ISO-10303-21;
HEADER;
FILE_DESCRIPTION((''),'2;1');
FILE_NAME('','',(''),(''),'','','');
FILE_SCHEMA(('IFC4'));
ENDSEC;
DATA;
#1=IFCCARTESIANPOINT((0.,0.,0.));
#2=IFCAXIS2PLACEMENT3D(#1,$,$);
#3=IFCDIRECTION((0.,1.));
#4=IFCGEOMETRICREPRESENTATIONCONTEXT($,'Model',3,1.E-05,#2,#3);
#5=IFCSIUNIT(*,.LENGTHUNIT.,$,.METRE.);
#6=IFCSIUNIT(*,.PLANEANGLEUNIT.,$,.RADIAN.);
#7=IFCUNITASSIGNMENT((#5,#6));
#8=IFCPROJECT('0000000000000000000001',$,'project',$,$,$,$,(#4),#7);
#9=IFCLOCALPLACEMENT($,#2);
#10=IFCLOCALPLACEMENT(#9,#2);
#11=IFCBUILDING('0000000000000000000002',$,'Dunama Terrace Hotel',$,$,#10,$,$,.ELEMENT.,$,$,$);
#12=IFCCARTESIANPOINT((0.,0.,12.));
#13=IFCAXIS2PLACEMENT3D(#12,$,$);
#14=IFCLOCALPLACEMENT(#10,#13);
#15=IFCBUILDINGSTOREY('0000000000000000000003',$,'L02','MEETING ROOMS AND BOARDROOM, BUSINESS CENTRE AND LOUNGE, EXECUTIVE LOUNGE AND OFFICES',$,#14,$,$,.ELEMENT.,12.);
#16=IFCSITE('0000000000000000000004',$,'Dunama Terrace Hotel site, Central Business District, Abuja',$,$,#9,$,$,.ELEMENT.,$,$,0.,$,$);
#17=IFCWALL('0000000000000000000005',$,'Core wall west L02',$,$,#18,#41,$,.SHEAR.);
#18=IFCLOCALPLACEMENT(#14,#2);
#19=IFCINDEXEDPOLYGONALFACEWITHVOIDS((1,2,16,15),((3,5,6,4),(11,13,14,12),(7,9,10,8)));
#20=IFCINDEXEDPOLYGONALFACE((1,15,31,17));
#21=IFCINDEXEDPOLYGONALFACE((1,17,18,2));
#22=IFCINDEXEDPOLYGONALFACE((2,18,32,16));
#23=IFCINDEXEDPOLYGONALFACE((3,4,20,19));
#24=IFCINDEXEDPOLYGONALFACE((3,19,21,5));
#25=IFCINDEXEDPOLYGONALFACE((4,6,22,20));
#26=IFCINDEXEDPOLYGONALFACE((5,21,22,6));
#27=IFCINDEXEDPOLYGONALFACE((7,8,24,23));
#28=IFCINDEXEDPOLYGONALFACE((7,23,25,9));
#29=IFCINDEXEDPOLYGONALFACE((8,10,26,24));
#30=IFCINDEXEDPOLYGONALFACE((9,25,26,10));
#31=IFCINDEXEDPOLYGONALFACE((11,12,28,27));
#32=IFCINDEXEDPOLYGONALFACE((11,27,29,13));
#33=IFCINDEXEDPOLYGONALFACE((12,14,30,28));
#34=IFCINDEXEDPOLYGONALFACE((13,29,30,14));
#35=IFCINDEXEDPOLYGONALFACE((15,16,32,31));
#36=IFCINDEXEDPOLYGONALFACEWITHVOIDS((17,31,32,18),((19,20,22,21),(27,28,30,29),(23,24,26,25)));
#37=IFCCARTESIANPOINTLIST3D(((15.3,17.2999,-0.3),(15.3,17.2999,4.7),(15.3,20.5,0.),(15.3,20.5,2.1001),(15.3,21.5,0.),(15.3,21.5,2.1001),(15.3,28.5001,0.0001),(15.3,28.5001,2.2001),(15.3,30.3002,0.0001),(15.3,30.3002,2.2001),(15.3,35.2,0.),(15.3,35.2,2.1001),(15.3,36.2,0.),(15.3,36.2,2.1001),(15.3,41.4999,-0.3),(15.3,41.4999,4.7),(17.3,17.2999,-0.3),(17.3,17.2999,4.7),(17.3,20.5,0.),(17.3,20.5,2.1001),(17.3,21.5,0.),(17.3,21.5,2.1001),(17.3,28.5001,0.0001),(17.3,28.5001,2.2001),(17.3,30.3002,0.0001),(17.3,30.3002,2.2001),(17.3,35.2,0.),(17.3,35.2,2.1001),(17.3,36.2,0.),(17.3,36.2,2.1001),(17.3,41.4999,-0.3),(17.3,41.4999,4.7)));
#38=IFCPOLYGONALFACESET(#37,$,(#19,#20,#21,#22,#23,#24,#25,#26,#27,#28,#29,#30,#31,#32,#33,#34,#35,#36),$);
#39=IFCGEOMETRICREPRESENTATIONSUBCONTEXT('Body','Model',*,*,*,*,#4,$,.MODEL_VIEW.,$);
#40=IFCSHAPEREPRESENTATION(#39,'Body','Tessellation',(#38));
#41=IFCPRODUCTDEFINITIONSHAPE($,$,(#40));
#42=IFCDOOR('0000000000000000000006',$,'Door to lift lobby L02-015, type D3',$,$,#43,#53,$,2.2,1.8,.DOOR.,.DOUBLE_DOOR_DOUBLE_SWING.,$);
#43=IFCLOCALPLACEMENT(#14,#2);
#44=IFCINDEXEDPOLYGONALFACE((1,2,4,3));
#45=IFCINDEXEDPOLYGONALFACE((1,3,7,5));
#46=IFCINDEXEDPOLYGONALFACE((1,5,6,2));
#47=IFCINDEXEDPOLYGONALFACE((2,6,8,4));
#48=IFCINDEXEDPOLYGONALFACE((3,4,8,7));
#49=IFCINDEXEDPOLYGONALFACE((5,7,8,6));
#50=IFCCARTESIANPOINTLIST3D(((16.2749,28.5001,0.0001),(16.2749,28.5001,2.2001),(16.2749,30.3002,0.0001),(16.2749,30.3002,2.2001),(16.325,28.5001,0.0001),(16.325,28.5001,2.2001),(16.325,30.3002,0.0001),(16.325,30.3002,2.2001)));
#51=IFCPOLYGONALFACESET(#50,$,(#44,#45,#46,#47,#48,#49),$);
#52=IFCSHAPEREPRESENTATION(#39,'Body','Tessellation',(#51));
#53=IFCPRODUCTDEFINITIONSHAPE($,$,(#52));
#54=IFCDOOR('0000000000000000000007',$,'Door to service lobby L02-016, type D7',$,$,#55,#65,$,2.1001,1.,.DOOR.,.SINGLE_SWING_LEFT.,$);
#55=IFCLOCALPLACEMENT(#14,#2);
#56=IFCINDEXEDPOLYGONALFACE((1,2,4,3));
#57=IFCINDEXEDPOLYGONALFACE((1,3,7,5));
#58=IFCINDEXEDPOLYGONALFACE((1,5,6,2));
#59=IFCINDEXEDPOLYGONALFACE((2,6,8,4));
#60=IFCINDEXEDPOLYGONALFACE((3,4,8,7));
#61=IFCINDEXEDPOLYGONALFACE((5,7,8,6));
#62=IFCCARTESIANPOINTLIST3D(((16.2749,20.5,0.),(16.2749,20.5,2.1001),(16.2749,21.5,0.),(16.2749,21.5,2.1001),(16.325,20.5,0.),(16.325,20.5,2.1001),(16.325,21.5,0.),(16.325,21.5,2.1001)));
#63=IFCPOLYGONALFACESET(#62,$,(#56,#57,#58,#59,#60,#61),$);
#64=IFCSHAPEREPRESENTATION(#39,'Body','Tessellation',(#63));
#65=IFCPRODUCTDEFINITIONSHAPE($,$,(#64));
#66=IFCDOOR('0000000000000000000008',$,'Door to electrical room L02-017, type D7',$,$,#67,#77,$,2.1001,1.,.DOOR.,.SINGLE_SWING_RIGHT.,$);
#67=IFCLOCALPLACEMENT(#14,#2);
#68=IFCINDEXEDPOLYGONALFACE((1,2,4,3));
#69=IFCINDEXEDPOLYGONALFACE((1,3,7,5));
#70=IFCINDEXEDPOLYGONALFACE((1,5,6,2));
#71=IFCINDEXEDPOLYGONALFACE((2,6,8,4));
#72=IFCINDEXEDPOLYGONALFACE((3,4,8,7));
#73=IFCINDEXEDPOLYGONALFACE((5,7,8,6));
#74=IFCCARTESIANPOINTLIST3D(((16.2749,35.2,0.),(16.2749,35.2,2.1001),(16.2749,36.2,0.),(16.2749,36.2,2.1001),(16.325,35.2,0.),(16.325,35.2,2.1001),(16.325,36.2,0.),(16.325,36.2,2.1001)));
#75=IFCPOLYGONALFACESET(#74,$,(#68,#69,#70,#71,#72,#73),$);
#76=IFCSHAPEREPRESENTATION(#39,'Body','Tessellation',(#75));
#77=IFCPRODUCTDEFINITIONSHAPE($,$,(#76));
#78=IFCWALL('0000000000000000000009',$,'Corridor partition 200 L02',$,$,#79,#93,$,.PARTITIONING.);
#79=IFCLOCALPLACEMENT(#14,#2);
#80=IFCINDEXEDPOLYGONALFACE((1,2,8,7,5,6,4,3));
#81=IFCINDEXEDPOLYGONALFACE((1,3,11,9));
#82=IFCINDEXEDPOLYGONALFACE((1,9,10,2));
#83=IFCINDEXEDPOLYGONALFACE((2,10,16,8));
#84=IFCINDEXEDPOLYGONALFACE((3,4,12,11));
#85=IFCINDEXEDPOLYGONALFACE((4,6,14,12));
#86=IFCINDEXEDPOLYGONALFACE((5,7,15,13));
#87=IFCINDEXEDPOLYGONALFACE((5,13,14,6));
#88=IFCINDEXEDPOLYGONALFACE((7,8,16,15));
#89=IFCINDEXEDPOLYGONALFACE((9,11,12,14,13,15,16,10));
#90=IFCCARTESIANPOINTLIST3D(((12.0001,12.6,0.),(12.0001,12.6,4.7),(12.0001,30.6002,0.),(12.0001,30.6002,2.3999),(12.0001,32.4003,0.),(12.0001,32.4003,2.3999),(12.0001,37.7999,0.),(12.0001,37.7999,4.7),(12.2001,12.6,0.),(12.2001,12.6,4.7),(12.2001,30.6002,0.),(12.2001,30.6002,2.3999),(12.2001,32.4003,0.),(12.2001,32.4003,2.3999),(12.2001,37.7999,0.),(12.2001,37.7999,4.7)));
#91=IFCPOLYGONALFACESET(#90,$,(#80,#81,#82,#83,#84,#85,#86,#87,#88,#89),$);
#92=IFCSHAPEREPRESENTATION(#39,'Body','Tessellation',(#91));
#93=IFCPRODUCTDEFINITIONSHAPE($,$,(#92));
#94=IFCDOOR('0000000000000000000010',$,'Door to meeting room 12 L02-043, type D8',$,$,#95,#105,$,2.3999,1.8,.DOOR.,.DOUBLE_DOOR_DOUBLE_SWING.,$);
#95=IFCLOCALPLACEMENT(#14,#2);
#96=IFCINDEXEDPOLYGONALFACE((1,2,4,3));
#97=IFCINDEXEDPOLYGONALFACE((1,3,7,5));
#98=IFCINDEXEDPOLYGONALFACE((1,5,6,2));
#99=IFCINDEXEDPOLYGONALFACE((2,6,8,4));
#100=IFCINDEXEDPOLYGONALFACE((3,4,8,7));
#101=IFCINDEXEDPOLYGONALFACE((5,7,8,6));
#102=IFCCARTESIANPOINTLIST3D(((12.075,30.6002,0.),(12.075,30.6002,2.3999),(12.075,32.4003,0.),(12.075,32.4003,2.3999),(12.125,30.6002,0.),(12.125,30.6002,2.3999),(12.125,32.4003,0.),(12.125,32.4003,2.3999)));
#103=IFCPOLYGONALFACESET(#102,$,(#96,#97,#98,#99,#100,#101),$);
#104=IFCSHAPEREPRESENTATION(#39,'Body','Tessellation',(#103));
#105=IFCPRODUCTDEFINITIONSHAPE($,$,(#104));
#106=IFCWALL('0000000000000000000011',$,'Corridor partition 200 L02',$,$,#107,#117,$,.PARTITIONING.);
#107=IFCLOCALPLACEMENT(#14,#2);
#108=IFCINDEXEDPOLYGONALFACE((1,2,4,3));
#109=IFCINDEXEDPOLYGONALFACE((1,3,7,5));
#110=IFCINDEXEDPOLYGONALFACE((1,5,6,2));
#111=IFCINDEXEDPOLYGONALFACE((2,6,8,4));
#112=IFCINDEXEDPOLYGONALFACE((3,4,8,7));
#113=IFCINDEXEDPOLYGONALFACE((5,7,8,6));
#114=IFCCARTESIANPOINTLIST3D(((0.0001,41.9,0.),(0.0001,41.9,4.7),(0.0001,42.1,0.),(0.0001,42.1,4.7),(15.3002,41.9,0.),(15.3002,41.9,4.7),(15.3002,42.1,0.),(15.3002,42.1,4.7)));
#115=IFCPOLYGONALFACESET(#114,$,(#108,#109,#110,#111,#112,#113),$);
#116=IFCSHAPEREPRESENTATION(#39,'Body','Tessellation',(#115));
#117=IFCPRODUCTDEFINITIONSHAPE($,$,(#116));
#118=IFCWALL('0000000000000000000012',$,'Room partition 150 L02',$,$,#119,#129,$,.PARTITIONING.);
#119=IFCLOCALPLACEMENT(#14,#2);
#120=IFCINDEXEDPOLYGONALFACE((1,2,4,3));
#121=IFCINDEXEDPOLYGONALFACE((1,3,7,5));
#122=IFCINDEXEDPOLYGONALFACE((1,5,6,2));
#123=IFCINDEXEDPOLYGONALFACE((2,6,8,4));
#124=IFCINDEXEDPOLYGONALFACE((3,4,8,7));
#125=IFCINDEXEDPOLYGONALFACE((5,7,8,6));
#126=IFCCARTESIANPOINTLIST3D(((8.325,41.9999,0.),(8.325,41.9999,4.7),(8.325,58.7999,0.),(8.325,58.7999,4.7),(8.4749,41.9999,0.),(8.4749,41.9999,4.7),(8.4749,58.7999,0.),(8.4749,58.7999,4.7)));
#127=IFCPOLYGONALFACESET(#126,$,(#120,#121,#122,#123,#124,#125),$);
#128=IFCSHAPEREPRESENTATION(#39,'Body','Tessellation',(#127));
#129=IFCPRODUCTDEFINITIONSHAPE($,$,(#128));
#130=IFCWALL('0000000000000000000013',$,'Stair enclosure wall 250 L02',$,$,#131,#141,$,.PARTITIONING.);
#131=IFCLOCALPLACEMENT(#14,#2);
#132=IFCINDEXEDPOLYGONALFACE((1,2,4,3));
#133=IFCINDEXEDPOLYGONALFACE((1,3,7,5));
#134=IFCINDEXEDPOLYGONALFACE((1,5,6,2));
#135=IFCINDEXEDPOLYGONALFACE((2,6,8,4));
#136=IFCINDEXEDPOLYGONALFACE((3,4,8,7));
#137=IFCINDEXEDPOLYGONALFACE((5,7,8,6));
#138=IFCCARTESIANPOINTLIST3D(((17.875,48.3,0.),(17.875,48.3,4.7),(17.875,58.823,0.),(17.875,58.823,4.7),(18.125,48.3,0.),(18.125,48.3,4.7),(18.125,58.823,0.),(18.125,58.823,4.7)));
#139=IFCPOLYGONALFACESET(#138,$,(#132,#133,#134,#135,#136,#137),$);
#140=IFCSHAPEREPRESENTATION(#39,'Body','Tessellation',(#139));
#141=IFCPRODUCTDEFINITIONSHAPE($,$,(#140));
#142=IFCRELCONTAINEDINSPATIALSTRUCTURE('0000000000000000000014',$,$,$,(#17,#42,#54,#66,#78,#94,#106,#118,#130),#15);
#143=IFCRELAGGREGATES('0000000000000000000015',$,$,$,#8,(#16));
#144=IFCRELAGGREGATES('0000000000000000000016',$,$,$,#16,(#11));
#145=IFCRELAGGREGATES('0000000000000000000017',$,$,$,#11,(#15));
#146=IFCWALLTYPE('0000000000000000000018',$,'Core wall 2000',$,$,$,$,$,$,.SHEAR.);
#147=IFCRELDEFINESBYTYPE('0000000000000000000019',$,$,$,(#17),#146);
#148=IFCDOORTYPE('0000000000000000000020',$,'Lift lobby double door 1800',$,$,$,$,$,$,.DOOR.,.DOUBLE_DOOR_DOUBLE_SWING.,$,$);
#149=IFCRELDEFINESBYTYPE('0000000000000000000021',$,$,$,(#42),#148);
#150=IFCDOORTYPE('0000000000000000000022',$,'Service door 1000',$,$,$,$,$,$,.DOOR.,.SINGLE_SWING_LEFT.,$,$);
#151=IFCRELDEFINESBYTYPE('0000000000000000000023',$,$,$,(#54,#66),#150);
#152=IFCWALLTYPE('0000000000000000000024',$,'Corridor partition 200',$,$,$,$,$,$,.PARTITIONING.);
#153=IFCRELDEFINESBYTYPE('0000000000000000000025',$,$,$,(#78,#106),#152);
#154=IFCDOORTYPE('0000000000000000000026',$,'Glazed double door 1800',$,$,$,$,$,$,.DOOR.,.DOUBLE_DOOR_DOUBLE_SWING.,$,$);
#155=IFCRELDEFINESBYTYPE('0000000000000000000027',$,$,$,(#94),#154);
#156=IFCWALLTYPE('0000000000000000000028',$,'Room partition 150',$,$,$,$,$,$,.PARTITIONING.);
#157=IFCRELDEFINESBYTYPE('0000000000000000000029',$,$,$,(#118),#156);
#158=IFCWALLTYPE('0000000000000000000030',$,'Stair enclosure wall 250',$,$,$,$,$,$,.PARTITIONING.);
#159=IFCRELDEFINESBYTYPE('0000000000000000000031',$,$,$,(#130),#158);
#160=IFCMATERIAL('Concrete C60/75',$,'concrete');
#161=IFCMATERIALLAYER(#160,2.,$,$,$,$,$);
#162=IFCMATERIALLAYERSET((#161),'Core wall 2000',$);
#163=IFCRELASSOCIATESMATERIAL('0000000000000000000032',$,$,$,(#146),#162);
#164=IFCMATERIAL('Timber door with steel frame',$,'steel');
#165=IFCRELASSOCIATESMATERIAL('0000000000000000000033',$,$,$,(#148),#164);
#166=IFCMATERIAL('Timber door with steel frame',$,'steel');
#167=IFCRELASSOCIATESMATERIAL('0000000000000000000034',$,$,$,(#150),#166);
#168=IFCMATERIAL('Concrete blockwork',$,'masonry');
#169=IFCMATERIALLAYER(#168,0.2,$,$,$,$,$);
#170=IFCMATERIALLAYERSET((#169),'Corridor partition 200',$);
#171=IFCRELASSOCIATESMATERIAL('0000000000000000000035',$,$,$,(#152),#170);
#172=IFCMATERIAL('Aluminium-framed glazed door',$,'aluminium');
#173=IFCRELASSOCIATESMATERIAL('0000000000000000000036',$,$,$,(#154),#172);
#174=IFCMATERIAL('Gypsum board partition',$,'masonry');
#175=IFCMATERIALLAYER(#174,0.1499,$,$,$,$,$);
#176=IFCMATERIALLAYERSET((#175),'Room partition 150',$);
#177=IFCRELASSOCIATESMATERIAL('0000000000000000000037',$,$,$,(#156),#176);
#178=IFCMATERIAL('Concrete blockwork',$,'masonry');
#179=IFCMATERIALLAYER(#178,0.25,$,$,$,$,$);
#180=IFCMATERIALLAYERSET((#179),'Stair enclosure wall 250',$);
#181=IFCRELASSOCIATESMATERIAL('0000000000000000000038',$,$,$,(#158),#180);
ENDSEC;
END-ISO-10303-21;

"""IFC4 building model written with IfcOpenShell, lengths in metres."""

from ifc_helpers import new_model, si_unit, direction, frame, frame_2d, origin, place, context, subcontext, project, spatial, rectangle, extrude, material, layer, layer_set, type_object, element, fill, save


model = new_model("IFC4")

# Units and contexts
model_context = context("Model", 3, precision=1e-05, world=origin(), true_north=direction((0.0, 1.0)))
body_context = subcontext(model_context, "Body", "Model", "MODEL_VIEW")
ifc_project = project(units=[si_unit("LENGTHUNIT", "METRE"), si_unit("PLANEANGLEUNIT", "RADIAN")], contexts=[model_context])

# Site, building, storey
site_placement = place(None, origin())
site = spatial("IfcSite", under=ifc_project, at=site_placement, Name="Dunama Terrace Hotel site, Central Business District, Abuja", CompositionType="ELEMENT", RefElevation=0.0)
building_placement = place(site_placement, origin())
building = spatial("IfcBuilding", under=site, at=building_placement, Name="Dunama Terrace Hotel", CompositionType="ELEMENT")
storey_placement = place(building_placement, frame((0.0, 0.0, 12.0)))
storey = spatial("IfcBuildingStorey", under=building, at=storey_placement, Name="L02", Description="MEETING ROOMS AND BOARDROOM, BUSINESS CENTRE AND LOUNGE, EXECUTIVE LOUNGE AND OFFICES", CompositionType="ELEMENT", Elevation=12.0)

# Wall, openings, doors
ifc_material_1 = material(Name="Concrete C60/75", Category="concrete")
ifc_layer_1 = layer(ifc_material_1, 2.0)
ifc_layer_set_1 = layer_set([ifc_layer_1], Name="Core wall 2000")
wall_type_1 = type_object("IfcWallType", Name="Core wall 2000", PredefinedType="SHEAR", material=ifc_layer_set_1)
wall_1_placement = place(storey_placement, frame((16.3, 41.5, -0.3), z_axis=(0.0, 0.0, 1.0), x_axis=(0.0, -1.0, 0.0)))
wall_1 = element("IfcWall", 1, at=wall_1_placement, inside=storey, type_object=wall_type_1, Name="Core wall west L02", PredefinedType="SHEAR", context=body_context, shape_type="SweptSolid", body=[
    extrude(rectangle(XDim=24.2, YDim=2.0, at=frame_2d((12.1001, 0.0))), origin(), (0.0, 0.0, 1.0), 5.0),
])
opening_1_placement = place(wall_1_placement, frame((11.2, 0.0, 0.3)))
opening_1 = element("IfcOpeningElement", 2, at=opening_1_placement, cuts=wall_1, PredefinedType="OPENING", context=body_context, shape_type="SweptSolid", body=[
    extrude(rectangle(XDim=1.8, YDim=2.2, at=frame_2d((0.8999, 1.1001))), frame((0.0, 1.01, 0.0), z_axis=(0.0, -1.0, 0.0), x_axis=(1.0, 0.0, 0.0)), (0.0, 0.0, 1.0), 2.02),
])
opening_2_placement = place(wall_1_placement, frame((20.0, 0.0, 0.3)))
opening_2 = element("IfcOpeningElement", 3, at=opening_2_placement, cuts=wall_1, PredefinedType="OPENING", context=body_context, shape_type="SweptSolid", body=[
    extrude(rectangle(XDim=1.0, YDim=2.1001, at=frame_2d((0.5, 1.05))), frame((0.0, 1.01, 0.0), z_axis=(0.0, -1.0, 0.0), x_axis=(1.0, 0.0, 0.0)), (0.0, 0.0, 1.0), 2.02),
])
opening_3_placement = place(wall_1_placement, frame((5.3, 0.0, 0.3)))
opening_3 = element("IfcOpeningElement", 4, at=opening_3_placement, cuts=wall_1, PredefinedType="OPENING", context=body_context, shape_type="SweptSolid", body=[
    extrude(rectangle(XDim=1.0, YDim=2.1001, at=frame_2d((0.5, 1.05))), frame((0.0, 1.01, 0.0), z_axis=(0.0, -1.0, 0.0), x_axis=(1.0, 0.0, 0.0)), (0.0, 0.0, 1.0), 2.02),
])
ifc_material_2 = material(Name="Timber door with steel frame", Category="steel")
door_type_1 = type_object("IfcDoorType", Name="Lift lobby double door 1800", OperationType="DOUBLE_DOOR_DOUBLE_SWING", PredefinedType="DOOR", material=ifc_material_2)
door_1_placement = place(opening_1_placement, origin())
door_1 = element("IfcDoor", 5, at=door_1_placement, inside=storey, type_object=door_type_1, Name="Door to lift lobby L02-015, type D3", OperationType="DOUBLE_DOOR_DOUBLE_SWING", OverallHeight=2.2, OverallWidth=1.8, PredefinedType="DOOR", context=body_context, shape_type="SweptSolid", body=[
    extrude(rectangle(XDim=1.8, YDim=2.2, at=frame_2d((0.8999, 1.1001))), frame((0.0, 0.0249, 0.0), z_axis=(0.0, -1.0, 0.0), x_axis=(1.0, 0.0, 0.0)), (0.0, 0.0, 1.0), 0.05),
])
fill(opening_1, door_1)
ifc_material_3 = material(Name="Timber door with steel frame", Category="steel")
door_type_2 = type_object("IfcDoorType", Name="Service door 1000", OperationType="SINGLE_SWING_LEFT", PredefinedType="DOOR", material=ifc_material_3)
door_2_placement = place(opening_2_placement, origin())
door_2 = element("IfcDoor", 6, at=door_2_placement, inside=storey, type_object=door_type_2, Name="Door to service lobby L02-016, type D7", OperationType="SINGLE_SWING_LEFT", OverallHeight=2.1001, OverallWidth=1.0, PredefinedType="DOOR", context=body_context, shape_type="SweptSolid", body=[
    extrude(rectangle(XDim=1.0, YDim=2.1001, at=frame_2d((0.5, 1.05))), frame((0.0, 0.0249, 0.0), z_axis=(0.0, -1.0, 0.0), x_axis=(1.0, 0.0, 0.0)), (0.0, 0.0, 1.0), 0.05),
])
fill(opening_2, door_2)
door_3_placement = place(opening_3_placement, origin())
door_3 = element("IfcDoor", 7, at=door_3_placement, inside=storey, type_object=door_type_2, Name="Door to electrical room L02-017, type D7", OperationType="SINGLE_SWING_RIGHT", OverallHeight=2.1001, OverallWidth=1.0, PredefinedType="DOOR", context=body_context, shape_type="SweptSolid", body=[
    extrude(rectangle(XDim=1.0, YDim=2.1001, at=frame_2d((0.5, 1.05))), frame((0.0, 0.0249, 0.0), z_axis=(0.0, -1.0, 0.0), x_axis=(1.0, 0.0, 0.0)), (0.0, 0.0, 1.0), 0.05),
])
fill(opening_3, door_3)

# Wall, opening, door
ifc_material_4 = material(Name="Concrete blockwork", Category="masonry")
ifc_layer_2 = layer(ifc_material_4, 0.2)
ifc_layer_set_2 = layer_set([ifc_layer_2], Name="Corridor partition 200")
wall_type_2 = type_object("IfcWallType", Name="Corridor partition 200", PredefinedType="PARTITIONING", material=ifc_layer_set_2)
wall_2_placement = place(storey_placement, frame((12.1001, 37.8, 0.0), z_axis=(0.0, 0.0, 1.0), x_axis=(0.0, -1.0, 0.0)))
wall_2 = element("IfcWall", 8, at=wall_2_placement, inside=storey, type_object=wall_type_2, Name="Corridor partition 200 L02", PredefinedType="PARTITIONING", context=body_context, shape_type="SweptSolid", body=[
    extrude(rectangle(XDim=25.2, YDim=0.2, at=frame_2d((12.6001, 0.0))), origin(), (0.0, 0.0, 1.0), 4.7),
])
opening_4_placement = place(wall_2_placement, frame((5.3999, 0.0, 0.0)))
opening_4 = element("IfcOpeningElement", 9, at=opening_4_placement, cuts=wall_2, PredefinedType="OPENING", context=body_context, shape_type="SweptSolid", body=[
    extrude(rectangle(XDim=1.8, YDim=2.3999, at=frame_2d((0.8999, 1.2))), frame((0.0, 0.1099, 0.0), z_axis=(0.0, -1.0, 0.0), x_axis=(1.0, 0.0, 0.0)), (0.0, 0.0, 1.0), 0.22),
])
ifc_material_5 = material(Name="Aluminium-framed glazed door", Category="aluminium")
door_type_3 = type_object("IfcDoorType", Name="Glazed double door 1800", OperationType="DOUBLE_DOOR_DOUBLE_SWING", PredefinedType="DOOR", material=ifc_material_5)
door_4_placement = place(opening_4_placement, origin())
door_4 = element("IfcDoor", 10, at=door_4_placement, inside=storey, type_object=door_type_3, Name="Door to meeting room 12 L02-043, type D8", OperationType="DOUBLE_DOOR_DOUBLE_SWING", OverallHeight=2.3999, OverallWidth=1.8, PredefinedType="DOOR", context=body_context, shape_type="SweptSolid", body=[
    extrude(rectangle(XDim=1.8, YDim=2.3999, at=frame_2d((0.8999, 1.2))), frame((0.0, 0.0249, 0.0), z_axis=(0.0, -1.0, 0.0), x_axis=(1.0, 0.0, 0.0)), (0.0, 0.0, 1.0), 0.05),
])
fill(opening_4, door_4)

# Walls
wall_3_placement = place(storey_placement, frame((15.3, 42.0, 0.0), z_axis=(0.0, 0.0, 1.0), x_axis=(-1.0, 0.0, 0.0)))
element("IfcWall", 11, at=wall_3_placement, inside=storey, type_object=wall_type_2, Name="Corridor partition 200 L02", PredefinedType="PARTITIONING", context=body_context, shape_type="SweptSolid", body=[
    extrude(rectangle(XDim=15.3, YDim=0.2, at=frame_2d((7.6499, 0.0))), origin(), (0.0, 0.0, 1.0), 4.7),
])
ifc_material_6 = material(Name="Gypsum board partition", Category="masonry")
ifc_layer_3 = layer(ifc_material_6, 0.1499)
ifc_layer_set_3 = layer_set([ifc_layer_3], Name="Room partition 150")
wall_type_3 = type_object("IfcWallType", Name="Room partition 150", PredefinedType="PARTITIONING", material=ifc_layer_set_3)
wall_4_placement = place(storey_placement, frame((8.3999, 42.0, 0.0), z_axis=(0.0, 0.0, 1.0), x_axis=(0.0, 1.0, 0.0)))
element("IfcWall", 12, at=wall_4_placement, inside=storey, type_object=wall_type_3, Name="Room partition 150 L02", PredefinedType="PARTITIONING", context=body_context, shape_type="SweptSolid", body=[
    extrude(rectangle(XDim=16.8, YDim=0.1499, at=frame_2d((8.3999, 0.0))), origin(), (0.0, 0.0, 1.0), 4.7),
])
ifc_material_7 = material(Name="Concrete blockwork", Category="masonry")
ifc_layer_4 = layer(ifc_material_7, 0.25)
ifc_layer_set_4 = layer_set([ifc_layer_4], Name="Stair enclosure wall 250")
wall_type_4 = type_object("IfcWallType", Name="Stair enclosure wall 250", PredefinedType="PARTITIONING", material=ifc_layer_set_4)
wall_5_placement = place(storey_placement, frame((18.0, 48.3, 0.0), z_axis=(0.0, 0.0, 1.0), x_axis=(0.0, 1.0, 0.0)))
element("IfcWall", 13, at=wall_5_placement, inside=storey, type_object=wall_type_4, Name="Stair enclosure wall 250 L02", PredefinedType="PARTITIONING", context=body_context, shape_type="SweptSolid", body=[
    extrude(rectangle(XDim=10.5229, YDim=0.25, at=frame_2d((5.2615, 0.0))), origin(), (0.0, 0.0, 1.0), 4.7),
])

save(model, "model.ifc")
